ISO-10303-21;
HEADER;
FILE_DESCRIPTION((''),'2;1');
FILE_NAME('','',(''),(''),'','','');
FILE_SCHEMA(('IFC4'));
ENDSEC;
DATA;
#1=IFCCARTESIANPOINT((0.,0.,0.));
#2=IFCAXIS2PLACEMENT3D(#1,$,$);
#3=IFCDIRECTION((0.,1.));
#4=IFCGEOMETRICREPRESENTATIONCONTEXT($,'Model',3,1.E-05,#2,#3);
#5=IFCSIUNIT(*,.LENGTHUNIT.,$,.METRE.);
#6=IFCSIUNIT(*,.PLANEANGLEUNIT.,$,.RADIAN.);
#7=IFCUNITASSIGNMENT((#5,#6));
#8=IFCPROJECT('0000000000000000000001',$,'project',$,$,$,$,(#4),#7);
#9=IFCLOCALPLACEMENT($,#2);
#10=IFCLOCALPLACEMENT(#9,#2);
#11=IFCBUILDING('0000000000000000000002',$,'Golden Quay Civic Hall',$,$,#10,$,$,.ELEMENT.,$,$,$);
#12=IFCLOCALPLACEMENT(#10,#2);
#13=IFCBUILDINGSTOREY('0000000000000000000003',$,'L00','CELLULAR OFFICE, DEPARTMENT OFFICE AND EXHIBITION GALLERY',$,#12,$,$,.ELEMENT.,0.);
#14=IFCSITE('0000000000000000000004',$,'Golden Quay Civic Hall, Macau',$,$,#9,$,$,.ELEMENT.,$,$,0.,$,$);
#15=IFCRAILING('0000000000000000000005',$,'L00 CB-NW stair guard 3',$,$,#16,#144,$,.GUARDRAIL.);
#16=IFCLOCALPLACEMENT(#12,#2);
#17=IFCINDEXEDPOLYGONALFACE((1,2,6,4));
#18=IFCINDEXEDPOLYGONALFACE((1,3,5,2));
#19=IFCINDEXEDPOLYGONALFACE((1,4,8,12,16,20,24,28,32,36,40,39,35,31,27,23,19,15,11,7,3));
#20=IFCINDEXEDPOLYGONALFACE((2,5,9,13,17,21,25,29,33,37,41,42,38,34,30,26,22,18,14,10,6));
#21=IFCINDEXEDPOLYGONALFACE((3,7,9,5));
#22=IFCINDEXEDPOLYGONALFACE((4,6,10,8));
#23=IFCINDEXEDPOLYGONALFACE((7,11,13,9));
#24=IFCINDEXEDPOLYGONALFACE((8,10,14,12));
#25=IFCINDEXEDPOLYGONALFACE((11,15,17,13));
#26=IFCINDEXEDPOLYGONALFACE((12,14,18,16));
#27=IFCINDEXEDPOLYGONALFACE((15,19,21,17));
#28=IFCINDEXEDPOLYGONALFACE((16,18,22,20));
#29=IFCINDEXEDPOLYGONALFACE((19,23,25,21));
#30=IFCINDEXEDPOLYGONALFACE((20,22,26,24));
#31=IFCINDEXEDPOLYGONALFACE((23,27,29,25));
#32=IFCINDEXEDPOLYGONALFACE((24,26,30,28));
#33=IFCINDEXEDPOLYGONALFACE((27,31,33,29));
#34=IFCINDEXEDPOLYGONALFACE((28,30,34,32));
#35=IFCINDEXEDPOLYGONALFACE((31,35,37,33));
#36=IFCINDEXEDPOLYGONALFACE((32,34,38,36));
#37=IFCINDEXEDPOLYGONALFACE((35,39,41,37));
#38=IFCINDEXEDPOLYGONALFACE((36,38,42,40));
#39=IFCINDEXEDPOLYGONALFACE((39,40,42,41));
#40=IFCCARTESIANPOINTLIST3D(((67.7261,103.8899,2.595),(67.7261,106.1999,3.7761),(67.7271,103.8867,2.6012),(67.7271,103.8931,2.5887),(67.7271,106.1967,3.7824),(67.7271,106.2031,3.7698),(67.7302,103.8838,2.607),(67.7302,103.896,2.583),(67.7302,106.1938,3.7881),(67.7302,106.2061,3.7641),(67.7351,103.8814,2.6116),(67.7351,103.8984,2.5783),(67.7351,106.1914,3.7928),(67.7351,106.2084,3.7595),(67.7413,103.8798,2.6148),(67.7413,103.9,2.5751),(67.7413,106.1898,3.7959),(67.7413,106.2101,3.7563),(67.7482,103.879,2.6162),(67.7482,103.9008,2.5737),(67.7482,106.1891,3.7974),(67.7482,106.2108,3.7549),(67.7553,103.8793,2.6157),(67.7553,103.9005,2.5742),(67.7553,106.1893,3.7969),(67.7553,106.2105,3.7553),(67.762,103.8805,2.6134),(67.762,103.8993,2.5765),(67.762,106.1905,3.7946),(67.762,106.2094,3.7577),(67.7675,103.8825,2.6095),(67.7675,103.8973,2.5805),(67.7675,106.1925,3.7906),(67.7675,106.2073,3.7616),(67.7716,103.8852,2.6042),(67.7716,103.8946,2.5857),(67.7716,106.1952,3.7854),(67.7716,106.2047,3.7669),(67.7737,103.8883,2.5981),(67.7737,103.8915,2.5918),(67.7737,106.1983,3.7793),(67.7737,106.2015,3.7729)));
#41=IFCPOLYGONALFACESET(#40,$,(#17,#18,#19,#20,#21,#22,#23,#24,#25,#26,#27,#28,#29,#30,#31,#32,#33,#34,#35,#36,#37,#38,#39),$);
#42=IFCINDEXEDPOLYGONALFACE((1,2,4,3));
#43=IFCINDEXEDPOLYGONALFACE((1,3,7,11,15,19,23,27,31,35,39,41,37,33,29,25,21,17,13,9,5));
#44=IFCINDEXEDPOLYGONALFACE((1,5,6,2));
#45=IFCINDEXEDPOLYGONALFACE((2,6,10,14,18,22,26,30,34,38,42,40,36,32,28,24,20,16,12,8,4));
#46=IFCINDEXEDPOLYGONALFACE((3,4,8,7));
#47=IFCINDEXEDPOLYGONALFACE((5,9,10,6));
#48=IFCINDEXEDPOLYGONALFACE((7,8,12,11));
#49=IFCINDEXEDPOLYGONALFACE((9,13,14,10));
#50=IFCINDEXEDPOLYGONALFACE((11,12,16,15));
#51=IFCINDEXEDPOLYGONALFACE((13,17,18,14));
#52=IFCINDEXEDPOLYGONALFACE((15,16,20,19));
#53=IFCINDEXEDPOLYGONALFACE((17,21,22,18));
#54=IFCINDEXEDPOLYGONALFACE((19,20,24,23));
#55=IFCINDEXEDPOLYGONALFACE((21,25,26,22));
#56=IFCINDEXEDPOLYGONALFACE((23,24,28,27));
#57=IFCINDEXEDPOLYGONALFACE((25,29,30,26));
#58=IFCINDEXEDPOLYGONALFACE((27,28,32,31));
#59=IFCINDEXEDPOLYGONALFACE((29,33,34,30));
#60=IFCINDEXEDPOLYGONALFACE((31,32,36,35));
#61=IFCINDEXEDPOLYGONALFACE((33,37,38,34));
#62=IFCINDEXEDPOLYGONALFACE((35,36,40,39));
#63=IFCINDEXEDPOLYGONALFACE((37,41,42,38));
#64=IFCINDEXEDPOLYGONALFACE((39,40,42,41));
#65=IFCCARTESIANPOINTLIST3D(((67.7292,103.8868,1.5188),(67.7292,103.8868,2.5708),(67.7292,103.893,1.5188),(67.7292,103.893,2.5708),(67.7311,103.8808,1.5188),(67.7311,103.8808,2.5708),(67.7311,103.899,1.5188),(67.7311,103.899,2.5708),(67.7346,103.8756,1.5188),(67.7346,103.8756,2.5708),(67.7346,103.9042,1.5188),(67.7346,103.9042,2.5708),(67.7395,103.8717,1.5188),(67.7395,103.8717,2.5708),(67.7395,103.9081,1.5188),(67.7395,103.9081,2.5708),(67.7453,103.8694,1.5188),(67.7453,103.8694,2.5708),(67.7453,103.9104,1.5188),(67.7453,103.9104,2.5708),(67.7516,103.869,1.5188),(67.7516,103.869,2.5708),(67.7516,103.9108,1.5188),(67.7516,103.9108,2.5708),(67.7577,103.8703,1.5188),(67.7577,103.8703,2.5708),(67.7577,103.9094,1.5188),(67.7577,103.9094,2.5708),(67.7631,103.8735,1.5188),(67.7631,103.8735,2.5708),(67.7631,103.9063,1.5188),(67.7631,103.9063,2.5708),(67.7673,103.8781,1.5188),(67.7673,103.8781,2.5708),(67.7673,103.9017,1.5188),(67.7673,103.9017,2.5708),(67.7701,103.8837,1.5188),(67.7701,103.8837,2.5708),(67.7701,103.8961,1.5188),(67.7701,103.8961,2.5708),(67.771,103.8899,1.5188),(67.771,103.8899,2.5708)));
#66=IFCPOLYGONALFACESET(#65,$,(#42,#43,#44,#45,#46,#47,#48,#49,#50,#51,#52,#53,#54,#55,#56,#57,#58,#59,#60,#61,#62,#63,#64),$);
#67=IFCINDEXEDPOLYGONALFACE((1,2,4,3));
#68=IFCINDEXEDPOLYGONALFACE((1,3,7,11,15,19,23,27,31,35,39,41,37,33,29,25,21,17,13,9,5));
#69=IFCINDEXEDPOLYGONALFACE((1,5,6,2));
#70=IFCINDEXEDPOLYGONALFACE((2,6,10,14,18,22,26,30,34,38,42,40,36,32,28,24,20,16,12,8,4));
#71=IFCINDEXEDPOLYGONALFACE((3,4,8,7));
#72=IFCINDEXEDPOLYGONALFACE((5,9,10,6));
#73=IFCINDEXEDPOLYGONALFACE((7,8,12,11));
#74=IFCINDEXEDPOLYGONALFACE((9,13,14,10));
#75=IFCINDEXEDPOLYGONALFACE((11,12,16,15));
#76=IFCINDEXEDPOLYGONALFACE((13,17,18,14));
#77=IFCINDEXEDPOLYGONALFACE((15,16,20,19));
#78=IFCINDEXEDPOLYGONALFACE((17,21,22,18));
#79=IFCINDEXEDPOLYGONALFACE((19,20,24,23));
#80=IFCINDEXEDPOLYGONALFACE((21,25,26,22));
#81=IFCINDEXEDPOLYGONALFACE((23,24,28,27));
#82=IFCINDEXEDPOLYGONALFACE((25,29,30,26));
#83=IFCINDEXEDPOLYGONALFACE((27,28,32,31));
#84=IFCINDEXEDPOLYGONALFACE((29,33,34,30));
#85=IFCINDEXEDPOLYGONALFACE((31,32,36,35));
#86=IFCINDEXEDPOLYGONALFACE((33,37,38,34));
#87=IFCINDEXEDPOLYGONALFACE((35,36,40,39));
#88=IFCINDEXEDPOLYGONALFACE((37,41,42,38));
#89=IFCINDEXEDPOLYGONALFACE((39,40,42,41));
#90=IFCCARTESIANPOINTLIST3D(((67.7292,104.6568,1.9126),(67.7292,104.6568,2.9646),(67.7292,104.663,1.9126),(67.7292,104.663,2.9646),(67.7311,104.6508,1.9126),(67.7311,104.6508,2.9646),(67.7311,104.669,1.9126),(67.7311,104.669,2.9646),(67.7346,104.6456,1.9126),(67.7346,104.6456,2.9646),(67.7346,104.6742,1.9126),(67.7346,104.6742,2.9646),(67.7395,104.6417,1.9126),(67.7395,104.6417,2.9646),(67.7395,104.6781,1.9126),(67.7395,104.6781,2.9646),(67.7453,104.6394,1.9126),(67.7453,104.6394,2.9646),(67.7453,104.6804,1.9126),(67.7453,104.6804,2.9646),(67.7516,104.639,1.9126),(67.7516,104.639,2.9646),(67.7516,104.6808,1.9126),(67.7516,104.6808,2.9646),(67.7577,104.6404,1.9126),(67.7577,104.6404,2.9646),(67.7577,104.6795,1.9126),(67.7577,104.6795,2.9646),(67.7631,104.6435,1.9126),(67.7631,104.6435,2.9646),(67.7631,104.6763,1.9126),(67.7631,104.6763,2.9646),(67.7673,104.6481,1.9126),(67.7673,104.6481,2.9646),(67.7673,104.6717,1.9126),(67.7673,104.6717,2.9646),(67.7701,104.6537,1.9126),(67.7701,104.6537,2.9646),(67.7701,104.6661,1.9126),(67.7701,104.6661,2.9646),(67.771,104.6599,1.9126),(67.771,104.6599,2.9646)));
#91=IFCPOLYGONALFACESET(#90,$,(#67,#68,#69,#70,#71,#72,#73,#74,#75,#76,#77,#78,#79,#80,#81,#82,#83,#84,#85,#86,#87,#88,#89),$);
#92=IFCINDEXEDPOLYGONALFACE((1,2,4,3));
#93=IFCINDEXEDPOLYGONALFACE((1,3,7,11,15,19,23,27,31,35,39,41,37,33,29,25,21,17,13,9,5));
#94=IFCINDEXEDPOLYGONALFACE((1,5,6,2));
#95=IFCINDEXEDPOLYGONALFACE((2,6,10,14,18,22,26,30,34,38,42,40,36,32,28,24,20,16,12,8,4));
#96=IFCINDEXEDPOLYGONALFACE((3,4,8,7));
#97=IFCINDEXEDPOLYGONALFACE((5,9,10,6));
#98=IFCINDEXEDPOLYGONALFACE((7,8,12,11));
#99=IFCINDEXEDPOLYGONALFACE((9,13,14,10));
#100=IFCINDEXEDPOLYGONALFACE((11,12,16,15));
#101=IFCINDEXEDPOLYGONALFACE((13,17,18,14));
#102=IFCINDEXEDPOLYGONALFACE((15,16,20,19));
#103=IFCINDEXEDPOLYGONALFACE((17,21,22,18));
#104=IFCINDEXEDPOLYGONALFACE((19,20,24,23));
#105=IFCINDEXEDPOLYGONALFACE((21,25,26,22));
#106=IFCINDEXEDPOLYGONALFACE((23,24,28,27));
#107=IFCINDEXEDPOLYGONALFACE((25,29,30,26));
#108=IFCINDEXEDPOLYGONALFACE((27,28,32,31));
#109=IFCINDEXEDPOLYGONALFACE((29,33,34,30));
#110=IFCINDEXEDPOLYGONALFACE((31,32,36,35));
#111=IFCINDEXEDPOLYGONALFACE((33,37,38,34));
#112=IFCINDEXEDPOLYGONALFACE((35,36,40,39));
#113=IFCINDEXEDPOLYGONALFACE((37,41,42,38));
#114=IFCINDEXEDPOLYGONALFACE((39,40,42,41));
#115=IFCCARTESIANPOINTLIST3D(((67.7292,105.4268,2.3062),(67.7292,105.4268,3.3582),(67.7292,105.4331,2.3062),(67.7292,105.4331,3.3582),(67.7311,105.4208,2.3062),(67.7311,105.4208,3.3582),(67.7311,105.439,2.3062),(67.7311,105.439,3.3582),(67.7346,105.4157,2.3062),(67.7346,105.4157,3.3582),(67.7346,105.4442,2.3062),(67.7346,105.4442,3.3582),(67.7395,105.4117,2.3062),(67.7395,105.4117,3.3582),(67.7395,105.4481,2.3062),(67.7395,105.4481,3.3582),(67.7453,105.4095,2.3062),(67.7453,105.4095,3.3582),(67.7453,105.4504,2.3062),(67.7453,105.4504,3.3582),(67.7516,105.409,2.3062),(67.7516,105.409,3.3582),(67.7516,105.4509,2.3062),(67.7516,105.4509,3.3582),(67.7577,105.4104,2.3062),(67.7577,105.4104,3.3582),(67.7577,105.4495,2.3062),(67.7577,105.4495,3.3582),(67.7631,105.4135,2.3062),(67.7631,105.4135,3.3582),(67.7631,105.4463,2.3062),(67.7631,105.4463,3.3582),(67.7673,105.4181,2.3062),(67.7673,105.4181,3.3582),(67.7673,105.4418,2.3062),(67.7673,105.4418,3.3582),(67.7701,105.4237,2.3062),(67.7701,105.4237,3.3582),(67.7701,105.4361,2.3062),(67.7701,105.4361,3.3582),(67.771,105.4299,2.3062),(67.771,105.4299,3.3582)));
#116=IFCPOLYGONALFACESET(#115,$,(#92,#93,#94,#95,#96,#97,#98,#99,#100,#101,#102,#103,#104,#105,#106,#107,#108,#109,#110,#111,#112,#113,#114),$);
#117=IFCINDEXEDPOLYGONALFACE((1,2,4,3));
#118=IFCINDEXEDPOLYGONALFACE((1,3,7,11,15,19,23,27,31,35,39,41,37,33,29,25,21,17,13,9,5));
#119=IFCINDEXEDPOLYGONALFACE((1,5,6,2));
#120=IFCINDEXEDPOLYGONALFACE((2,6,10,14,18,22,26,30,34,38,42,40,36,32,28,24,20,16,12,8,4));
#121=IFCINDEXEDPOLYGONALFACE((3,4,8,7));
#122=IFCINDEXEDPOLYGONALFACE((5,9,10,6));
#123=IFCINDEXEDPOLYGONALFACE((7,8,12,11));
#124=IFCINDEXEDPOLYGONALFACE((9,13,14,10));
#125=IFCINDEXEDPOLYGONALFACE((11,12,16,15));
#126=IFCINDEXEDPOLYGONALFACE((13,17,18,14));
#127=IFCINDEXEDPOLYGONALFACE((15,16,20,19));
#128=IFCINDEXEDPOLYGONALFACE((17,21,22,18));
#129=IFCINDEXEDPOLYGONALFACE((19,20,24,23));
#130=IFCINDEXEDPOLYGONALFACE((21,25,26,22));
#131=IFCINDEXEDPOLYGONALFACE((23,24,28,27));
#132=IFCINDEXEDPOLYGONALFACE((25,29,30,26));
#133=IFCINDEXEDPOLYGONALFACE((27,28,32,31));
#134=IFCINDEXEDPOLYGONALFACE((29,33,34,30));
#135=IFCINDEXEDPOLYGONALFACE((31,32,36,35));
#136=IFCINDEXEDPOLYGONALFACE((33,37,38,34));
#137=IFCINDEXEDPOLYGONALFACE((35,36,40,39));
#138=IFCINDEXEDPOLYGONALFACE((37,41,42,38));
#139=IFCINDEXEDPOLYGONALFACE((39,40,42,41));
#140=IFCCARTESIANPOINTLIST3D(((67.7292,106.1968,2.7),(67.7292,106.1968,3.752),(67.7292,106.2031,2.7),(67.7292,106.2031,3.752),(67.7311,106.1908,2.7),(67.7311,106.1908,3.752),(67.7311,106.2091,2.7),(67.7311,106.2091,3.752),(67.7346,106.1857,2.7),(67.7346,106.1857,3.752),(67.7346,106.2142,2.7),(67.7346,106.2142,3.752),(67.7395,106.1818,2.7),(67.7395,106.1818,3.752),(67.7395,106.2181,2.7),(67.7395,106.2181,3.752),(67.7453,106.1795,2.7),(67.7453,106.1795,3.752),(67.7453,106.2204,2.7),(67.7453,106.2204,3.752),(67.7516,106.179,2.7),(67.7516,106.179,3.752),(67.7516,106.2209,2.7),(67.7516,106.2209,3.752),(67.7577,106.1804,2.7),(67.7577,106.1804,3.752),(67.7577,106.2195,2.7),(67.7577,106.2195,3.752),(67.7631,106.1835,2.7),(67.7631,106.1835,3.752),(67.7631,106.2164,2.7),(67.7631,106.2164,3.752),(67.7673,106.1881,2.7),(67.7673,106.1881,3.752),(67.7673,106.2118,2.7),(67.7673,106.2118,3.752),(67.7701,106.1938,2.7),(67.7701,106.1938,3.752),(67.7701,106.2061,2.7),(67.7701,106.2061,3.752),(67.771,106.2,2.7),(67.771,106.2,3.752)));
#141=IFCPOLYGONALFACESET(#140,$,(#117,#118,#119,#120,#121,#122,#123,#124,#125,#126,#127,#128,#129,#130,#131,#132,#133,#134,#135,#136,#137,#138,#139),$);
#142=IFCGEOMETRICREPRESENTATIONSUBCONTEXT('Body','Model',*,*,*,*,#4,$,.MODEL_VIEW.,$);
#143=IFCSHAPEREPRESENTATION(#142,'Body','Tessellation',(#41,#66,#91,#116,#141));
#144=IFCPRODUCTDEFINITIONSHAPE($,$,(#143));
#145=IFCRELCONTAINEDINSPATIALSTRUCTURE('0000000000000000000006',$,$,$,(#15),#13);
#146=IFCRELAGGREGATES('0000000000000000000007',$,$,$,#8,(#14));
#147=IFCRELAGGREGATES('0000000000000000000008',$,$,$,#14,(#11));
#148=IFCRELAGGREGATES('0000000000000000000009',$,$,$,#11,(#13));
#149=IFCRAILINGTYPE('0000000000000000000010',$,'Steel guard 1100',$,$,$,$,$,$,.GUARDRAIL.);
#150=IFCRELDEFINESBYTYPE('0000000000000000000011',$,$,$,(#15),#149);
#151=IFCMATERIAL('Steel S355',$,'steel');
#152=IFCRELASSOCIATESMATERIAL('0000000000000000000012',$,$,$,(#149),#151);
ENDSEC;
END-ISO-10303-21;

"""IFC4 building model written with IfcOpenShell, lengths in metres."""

from ifc_helpers import new_model, si_unit, direction, frame, origin, origin_2d, place, context, subcontext, project, spatial, circle, extrude, material, type_object, element, save


model = new_model("IFC4")

# Units and contexts
model_context = context("Model", 3, precision=1e-05, world=origin(), true_north=direction((0.0, 1.0)))
body_context = subcontext(model_context, "Body", "Model", "MODEL_VIEW")
ifc_project = project(units=[si_unit("LENGTHUNIT", "METRE"), si_unit("PLANEANGLEUNIT", "RADIAN")], contexts=[model_context])

# Site, building, storey
site_placement = place(None, origin())
site = spatial("IfcSite", under=ifc_project, at=site_placement, Name="Golden Quay Civic Hall, Macau", CompositionType="ELEMENT", RefElevation=0.0)
building_placement = place(site_placement, origin())
building = spatial("IfcBuilding", under=site, at=building_placement, Name="Golden Quay Civic Hall", CompositionType="ELEMENT")
storey_placement = place(building_placement, origin())
storey = spatial("IfcBuildingStorey", under=building, at=storey_placement, Name="L00", Description="CELLULAR OFFICE, DEPARTMENT OFFICE AND EXHIBITION GALLERY", CompositionType="ELEMENT", Elevation=0.0)

# Railing
ifc_material_1 = material(Name="Steel S355", Category="steel")
railing_type_1 = type_object("IfcRailingType", Name="Steel guard 1100", PredefinedType="GUARDRAIL", material=ifc_material_1)
railing_1_placement = place(storey_placement, frame((67.75, 103.8899, 1.5188)))
element("IfcRailing", 1, at=railing_1_placement, inside=storey, type_object=railing_type_1, Name="L00 CB-NW stair guard 3", PredefinedType="GUARDRAIL", context=body_context, shape_type="SweptSolid", body=[
    extrude(circle(Radius=0.0239, at=origin_2d()), frame((0.0, 0.0, 1.0762), z_axis=(0.0, 0.890363, 0.45525), x_axis=(-1.0, 0.0, 0.0)), (0.0, 0.0, 1.0), 2.5945),
    extrude(circle(Radius=0.021, at=origin_2d()), origin(), (0.0, 0.0, 1.0), 1.052),
    extrude(circle(Radius=0.021, at=origin_2d()), frame((0.0, 0.77, 0.3938)), (0.0, 0.0, 1.0), 1.052),
    extrude(circle(Radius=0.021, at=origin_2d()), frame((0.0, 1.54, 0.7874)), (0.0, 0.0, 1.0), 1.052),
    extrude(circle(Radius=0.021, at=origin_2d()), frame((0.0, 2.3101, 1.1812)), (0.0, 0.0, 1.0), 1.052),
])

save(model, "model.ifc")
